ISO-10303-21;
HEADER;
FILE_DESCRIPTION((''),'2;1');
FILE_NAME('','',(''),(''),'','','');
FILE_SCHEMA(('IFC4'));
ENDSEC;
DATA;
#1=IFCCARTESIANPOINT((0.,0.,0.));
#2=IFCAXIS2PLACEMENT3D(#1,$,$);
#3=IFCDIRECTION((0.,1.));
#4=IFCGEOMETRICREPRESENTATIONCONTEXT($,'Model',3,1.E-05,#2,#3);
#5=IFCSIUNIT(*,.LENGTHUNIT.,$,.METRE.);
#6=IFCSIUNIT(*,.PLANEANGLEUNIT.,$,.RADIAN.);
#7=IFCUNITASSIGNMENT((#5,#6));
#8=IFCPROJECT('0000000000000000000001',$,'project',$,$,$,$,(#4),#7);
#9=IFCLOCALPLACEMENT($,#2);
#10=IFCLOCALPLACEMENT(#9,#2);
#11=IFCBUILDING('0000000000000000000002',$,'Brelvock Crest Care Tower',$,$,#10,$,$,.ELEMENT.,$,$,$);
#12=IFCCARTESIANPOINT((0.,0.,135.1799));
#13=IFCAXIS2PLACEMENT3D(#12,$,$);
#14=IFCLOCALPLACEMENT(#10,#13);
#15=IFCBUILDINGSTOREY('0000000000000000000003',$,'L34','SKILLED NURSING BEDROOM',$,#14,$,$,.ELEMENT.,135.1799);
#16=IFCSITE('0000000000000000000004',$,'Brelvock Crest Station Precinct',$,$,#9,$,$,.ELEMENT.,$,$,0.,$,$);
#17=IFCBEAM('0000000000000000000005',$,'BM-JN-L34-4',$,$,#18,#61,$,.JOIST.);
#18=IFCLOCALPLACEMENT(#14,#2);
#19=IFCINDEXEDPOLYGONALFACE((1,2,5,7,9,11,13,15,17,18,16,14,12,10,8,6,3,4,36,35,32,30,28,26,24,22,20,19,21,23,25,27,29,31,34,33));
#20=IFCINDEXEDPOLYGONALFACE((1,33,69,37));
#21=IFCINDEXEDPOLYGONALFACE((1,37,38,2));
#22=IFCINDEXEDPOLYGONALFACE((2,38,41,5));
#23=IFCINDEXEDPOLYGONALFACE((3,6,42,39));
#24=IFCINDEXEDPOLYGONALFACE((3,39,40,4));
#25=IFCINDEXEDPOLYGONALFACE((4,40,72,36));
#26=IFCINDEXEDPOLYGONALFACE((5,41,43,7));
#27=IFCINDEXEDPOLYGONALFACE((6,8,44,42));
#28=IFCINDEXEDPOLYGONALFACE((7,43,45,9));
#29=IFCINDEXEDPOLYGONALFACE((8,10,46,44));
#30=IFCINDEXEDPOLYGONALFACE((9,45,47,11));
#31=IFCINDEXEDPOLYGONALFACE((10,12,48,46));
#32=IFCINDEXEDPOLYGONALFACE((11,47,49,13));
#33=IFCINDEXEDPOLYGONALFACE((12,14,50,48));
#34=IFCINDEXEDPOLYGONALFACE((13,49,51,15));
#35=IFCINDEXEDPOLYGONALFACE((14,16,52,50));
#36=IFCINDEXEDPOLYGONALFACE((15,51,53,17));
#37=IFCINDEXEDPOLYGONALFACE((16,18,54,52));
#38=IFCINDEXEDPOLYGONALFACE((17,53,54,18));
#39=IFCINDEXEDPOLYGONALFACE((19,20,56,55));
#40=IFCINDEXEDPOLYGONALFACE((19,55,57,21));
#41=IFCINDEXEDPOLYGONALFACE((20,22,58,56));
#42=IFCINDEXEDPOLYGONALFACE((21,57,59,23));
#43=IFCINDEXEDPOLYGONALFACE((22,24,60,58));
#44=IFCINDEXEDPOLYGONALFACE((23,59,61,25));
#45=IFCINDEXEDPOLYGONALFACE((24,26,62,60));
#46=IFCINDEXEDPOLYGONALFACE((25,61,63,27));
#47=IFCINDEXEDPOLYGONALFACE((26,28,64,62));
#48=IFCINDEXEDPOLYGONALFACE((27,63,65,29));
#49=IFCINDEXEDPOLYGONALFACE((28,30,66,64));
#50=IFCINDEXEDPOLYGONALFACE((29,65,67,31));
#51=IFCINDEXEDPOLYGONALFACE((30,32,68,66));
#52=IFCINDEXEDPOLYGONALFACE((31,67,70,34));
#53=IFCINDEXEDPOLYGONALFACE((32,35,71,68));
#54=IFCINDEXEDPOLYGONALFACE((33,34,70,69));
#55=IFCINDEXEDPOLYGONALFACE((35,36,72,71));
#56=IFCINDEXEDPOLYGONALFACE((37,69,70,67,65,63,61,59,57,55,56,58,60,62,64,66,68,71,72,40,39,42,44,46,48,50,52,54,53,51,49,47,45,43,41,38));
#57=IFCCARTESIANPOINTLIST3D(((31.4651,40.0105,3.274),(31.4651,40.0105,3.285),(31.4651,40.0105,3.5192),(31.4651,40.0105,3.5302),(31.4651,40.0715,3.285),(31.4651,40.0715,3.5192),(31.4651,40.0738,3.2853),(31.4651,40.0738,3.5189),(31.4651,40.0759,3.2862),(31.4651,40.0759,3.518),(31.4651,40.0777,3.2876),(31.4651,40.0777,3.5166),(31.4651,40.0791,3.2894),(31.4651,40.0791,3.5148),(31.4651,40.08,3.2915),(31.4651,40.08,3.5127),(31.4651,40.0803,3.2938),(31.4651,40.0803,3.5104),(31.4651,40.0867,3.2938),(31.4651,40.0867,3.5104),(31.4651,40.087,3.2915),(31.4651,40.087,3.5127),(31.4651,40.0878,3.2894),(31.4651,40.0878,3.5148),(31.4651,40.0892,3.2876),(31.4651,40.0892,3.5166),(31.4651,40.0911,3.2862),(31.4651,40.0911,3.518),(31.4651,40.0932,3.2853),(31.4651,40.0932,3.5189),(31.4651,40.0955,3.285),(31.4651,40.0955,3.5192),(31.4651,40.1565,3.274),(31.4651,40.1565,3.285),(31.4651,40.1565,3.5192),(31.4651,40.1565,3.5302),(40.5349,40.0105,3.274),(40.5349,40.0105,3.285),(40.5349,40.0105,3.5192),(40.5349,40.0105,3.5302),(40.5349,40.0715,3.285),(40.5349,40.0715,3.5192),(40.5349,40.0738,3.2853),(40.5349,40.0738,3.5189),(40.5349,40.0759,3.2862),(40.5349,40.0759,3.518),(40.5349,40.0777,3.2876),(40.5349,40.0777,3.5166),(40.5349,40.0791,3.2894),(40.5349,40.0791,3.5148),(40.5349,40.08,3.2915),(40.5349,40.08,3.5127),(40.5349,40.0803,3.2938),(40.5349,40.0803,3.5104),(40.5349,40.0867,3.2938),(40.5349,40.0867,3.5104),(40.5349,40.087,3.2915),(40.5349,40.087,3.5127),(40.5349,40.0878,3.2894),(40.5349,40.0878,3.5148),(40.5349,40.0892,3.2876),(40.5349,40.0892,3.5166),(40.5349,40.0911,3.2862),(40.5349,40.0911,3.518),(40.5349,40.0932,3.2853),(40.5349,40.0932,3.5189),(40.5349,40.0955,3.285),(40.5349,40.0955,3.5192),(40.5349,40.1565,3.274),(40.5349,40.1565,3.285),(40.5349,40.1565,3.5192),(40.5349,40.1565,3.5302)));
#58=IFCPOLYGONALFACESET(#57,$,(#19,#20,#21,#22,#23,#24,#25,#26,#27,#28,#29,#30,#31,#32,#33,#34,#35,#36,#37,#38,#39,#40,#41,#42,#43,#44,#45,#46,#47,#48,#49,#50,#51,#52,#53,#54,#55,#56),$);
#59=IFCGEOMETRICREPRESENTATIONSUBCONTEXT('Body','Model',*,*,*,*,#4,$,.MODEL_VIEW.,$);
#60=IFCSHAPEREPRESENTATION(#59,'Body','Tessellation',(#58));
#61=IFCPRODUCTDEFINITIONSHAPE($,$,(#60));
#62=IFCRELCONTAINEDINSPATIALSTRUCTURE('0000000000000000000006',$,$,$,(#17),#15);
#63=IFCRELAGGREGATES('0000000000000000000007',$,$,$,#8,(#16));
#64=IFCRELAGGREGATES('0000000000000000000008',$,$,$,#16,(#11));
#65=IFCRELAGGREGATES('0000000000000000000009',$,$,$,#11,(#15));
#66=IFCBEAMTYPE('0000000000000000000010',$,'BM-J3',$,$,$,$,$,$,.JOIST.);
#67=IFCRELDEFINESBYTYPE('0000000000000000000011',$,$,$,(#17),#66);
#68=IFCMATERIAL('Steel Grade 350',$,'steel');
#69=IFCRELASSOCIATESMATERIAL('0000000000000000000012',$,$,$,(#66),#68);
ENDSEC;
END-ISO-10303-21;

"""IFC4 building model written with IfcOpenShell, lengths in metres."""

from ifc_helpers import new_model, si_unit, direction, frame, origin, origin_2d, place, context, subcontext, project, spatial, i_section, extrude, source, transform, mapped, material, material_profile, profile_set, type_object, element, save


model = new_model("IFC4")

# Units and contexts
model_context = context("Model", 3, precision=1e-05, world=origin(), true_north=direction((0.0, 1.0)))
body_context = subcontext(model_context, "Body", "Model", "MODEL_VIEW")
ifc_project = project(units=[si_unit("LENGTHUNIT", "METRE"), si_unit("PLANEANGLEUNIT", "RADIAN")], contexts=[model_context])

# Site, building, storey
site_placement = place(None, origin())
site = spatial("IfcSite", under=ifc_project, at=site_placement, Name="Brelvock Crest Station Precinct", CompositionType="ELEMENT", RefElevation=0.0)
building_placement = place(site_placement, origin())
building = spatial("IfcBuilding", under=site, at=building_placement, Name="Brelvock Crest Care Tower", CompositionType="ELEMENT")
storey_placement = place(building_placement, frame((0.0, 0.0, 135.1799)))
storey = spatial("IfcBuildingStorey", under=building, at=storey_placement, Name="L34", Description="SKILLED NURSING BEDROOM", CompositionType="ELEMENT", Elevation=135.1799)

# Beam
ifc_material = material(Name="Steel Grade 350", Category="steel")
ifc_material_profile = material_profile(ifc_material, i_section(OverallWidth=0.146, OverallDepth=0.2561, WebThickness=0.0063, FlangeThickness=0.011, FilletRadius=0.0088, at=origin_2d()), Name="250UB37.3")
ifc_profile_set = profile_set([ifc_material_profile], Name="Steel Grade 350")
beam_type = type_object("IfcBeamType", Name="BM-J3", PredefinedType="JOIST", material=ifc_profile_set)
shared_shape = source(origin(), body_context, "Body", "SweptSolid", [
    extrude(i_section(OverallWidth=0.146, OverallDepth=0.2561, WebThickness=0.0063, FlangeThickness=0.011, FilletRadius=0.0088, at=origin_2d()), origin(), (0.0, 0.0, 1.0), 9.0698),
])
for number, where, z_axis, x_axis, name in (
    (1, (31.4651, 40.0835, 3.4021), (1.0, 0.0, 0.0), (0.0, 1.0, 0.0), "BM-JN-L34-4"),
):
    element("IfcBeam", number, at=place(storey_placement, frame(where, z_axis=z_axis, x_axis=x_axis)), inside=storey, type_object=beam_type, Name=name, PredefinedType="JOIST", context=body_context, shape_type="MappedRepresentation", body=[
        mapped(shared_shape, transform((0.0, 0.0, 0.0), x_axis=(1.0, 0.0, 0.0), y_axis=(0.0, 1.0, 0.0), z_axis=(0.0, 0.0, 1.0), scale=1.0)),
    ])

save(model, "model.ifc")
